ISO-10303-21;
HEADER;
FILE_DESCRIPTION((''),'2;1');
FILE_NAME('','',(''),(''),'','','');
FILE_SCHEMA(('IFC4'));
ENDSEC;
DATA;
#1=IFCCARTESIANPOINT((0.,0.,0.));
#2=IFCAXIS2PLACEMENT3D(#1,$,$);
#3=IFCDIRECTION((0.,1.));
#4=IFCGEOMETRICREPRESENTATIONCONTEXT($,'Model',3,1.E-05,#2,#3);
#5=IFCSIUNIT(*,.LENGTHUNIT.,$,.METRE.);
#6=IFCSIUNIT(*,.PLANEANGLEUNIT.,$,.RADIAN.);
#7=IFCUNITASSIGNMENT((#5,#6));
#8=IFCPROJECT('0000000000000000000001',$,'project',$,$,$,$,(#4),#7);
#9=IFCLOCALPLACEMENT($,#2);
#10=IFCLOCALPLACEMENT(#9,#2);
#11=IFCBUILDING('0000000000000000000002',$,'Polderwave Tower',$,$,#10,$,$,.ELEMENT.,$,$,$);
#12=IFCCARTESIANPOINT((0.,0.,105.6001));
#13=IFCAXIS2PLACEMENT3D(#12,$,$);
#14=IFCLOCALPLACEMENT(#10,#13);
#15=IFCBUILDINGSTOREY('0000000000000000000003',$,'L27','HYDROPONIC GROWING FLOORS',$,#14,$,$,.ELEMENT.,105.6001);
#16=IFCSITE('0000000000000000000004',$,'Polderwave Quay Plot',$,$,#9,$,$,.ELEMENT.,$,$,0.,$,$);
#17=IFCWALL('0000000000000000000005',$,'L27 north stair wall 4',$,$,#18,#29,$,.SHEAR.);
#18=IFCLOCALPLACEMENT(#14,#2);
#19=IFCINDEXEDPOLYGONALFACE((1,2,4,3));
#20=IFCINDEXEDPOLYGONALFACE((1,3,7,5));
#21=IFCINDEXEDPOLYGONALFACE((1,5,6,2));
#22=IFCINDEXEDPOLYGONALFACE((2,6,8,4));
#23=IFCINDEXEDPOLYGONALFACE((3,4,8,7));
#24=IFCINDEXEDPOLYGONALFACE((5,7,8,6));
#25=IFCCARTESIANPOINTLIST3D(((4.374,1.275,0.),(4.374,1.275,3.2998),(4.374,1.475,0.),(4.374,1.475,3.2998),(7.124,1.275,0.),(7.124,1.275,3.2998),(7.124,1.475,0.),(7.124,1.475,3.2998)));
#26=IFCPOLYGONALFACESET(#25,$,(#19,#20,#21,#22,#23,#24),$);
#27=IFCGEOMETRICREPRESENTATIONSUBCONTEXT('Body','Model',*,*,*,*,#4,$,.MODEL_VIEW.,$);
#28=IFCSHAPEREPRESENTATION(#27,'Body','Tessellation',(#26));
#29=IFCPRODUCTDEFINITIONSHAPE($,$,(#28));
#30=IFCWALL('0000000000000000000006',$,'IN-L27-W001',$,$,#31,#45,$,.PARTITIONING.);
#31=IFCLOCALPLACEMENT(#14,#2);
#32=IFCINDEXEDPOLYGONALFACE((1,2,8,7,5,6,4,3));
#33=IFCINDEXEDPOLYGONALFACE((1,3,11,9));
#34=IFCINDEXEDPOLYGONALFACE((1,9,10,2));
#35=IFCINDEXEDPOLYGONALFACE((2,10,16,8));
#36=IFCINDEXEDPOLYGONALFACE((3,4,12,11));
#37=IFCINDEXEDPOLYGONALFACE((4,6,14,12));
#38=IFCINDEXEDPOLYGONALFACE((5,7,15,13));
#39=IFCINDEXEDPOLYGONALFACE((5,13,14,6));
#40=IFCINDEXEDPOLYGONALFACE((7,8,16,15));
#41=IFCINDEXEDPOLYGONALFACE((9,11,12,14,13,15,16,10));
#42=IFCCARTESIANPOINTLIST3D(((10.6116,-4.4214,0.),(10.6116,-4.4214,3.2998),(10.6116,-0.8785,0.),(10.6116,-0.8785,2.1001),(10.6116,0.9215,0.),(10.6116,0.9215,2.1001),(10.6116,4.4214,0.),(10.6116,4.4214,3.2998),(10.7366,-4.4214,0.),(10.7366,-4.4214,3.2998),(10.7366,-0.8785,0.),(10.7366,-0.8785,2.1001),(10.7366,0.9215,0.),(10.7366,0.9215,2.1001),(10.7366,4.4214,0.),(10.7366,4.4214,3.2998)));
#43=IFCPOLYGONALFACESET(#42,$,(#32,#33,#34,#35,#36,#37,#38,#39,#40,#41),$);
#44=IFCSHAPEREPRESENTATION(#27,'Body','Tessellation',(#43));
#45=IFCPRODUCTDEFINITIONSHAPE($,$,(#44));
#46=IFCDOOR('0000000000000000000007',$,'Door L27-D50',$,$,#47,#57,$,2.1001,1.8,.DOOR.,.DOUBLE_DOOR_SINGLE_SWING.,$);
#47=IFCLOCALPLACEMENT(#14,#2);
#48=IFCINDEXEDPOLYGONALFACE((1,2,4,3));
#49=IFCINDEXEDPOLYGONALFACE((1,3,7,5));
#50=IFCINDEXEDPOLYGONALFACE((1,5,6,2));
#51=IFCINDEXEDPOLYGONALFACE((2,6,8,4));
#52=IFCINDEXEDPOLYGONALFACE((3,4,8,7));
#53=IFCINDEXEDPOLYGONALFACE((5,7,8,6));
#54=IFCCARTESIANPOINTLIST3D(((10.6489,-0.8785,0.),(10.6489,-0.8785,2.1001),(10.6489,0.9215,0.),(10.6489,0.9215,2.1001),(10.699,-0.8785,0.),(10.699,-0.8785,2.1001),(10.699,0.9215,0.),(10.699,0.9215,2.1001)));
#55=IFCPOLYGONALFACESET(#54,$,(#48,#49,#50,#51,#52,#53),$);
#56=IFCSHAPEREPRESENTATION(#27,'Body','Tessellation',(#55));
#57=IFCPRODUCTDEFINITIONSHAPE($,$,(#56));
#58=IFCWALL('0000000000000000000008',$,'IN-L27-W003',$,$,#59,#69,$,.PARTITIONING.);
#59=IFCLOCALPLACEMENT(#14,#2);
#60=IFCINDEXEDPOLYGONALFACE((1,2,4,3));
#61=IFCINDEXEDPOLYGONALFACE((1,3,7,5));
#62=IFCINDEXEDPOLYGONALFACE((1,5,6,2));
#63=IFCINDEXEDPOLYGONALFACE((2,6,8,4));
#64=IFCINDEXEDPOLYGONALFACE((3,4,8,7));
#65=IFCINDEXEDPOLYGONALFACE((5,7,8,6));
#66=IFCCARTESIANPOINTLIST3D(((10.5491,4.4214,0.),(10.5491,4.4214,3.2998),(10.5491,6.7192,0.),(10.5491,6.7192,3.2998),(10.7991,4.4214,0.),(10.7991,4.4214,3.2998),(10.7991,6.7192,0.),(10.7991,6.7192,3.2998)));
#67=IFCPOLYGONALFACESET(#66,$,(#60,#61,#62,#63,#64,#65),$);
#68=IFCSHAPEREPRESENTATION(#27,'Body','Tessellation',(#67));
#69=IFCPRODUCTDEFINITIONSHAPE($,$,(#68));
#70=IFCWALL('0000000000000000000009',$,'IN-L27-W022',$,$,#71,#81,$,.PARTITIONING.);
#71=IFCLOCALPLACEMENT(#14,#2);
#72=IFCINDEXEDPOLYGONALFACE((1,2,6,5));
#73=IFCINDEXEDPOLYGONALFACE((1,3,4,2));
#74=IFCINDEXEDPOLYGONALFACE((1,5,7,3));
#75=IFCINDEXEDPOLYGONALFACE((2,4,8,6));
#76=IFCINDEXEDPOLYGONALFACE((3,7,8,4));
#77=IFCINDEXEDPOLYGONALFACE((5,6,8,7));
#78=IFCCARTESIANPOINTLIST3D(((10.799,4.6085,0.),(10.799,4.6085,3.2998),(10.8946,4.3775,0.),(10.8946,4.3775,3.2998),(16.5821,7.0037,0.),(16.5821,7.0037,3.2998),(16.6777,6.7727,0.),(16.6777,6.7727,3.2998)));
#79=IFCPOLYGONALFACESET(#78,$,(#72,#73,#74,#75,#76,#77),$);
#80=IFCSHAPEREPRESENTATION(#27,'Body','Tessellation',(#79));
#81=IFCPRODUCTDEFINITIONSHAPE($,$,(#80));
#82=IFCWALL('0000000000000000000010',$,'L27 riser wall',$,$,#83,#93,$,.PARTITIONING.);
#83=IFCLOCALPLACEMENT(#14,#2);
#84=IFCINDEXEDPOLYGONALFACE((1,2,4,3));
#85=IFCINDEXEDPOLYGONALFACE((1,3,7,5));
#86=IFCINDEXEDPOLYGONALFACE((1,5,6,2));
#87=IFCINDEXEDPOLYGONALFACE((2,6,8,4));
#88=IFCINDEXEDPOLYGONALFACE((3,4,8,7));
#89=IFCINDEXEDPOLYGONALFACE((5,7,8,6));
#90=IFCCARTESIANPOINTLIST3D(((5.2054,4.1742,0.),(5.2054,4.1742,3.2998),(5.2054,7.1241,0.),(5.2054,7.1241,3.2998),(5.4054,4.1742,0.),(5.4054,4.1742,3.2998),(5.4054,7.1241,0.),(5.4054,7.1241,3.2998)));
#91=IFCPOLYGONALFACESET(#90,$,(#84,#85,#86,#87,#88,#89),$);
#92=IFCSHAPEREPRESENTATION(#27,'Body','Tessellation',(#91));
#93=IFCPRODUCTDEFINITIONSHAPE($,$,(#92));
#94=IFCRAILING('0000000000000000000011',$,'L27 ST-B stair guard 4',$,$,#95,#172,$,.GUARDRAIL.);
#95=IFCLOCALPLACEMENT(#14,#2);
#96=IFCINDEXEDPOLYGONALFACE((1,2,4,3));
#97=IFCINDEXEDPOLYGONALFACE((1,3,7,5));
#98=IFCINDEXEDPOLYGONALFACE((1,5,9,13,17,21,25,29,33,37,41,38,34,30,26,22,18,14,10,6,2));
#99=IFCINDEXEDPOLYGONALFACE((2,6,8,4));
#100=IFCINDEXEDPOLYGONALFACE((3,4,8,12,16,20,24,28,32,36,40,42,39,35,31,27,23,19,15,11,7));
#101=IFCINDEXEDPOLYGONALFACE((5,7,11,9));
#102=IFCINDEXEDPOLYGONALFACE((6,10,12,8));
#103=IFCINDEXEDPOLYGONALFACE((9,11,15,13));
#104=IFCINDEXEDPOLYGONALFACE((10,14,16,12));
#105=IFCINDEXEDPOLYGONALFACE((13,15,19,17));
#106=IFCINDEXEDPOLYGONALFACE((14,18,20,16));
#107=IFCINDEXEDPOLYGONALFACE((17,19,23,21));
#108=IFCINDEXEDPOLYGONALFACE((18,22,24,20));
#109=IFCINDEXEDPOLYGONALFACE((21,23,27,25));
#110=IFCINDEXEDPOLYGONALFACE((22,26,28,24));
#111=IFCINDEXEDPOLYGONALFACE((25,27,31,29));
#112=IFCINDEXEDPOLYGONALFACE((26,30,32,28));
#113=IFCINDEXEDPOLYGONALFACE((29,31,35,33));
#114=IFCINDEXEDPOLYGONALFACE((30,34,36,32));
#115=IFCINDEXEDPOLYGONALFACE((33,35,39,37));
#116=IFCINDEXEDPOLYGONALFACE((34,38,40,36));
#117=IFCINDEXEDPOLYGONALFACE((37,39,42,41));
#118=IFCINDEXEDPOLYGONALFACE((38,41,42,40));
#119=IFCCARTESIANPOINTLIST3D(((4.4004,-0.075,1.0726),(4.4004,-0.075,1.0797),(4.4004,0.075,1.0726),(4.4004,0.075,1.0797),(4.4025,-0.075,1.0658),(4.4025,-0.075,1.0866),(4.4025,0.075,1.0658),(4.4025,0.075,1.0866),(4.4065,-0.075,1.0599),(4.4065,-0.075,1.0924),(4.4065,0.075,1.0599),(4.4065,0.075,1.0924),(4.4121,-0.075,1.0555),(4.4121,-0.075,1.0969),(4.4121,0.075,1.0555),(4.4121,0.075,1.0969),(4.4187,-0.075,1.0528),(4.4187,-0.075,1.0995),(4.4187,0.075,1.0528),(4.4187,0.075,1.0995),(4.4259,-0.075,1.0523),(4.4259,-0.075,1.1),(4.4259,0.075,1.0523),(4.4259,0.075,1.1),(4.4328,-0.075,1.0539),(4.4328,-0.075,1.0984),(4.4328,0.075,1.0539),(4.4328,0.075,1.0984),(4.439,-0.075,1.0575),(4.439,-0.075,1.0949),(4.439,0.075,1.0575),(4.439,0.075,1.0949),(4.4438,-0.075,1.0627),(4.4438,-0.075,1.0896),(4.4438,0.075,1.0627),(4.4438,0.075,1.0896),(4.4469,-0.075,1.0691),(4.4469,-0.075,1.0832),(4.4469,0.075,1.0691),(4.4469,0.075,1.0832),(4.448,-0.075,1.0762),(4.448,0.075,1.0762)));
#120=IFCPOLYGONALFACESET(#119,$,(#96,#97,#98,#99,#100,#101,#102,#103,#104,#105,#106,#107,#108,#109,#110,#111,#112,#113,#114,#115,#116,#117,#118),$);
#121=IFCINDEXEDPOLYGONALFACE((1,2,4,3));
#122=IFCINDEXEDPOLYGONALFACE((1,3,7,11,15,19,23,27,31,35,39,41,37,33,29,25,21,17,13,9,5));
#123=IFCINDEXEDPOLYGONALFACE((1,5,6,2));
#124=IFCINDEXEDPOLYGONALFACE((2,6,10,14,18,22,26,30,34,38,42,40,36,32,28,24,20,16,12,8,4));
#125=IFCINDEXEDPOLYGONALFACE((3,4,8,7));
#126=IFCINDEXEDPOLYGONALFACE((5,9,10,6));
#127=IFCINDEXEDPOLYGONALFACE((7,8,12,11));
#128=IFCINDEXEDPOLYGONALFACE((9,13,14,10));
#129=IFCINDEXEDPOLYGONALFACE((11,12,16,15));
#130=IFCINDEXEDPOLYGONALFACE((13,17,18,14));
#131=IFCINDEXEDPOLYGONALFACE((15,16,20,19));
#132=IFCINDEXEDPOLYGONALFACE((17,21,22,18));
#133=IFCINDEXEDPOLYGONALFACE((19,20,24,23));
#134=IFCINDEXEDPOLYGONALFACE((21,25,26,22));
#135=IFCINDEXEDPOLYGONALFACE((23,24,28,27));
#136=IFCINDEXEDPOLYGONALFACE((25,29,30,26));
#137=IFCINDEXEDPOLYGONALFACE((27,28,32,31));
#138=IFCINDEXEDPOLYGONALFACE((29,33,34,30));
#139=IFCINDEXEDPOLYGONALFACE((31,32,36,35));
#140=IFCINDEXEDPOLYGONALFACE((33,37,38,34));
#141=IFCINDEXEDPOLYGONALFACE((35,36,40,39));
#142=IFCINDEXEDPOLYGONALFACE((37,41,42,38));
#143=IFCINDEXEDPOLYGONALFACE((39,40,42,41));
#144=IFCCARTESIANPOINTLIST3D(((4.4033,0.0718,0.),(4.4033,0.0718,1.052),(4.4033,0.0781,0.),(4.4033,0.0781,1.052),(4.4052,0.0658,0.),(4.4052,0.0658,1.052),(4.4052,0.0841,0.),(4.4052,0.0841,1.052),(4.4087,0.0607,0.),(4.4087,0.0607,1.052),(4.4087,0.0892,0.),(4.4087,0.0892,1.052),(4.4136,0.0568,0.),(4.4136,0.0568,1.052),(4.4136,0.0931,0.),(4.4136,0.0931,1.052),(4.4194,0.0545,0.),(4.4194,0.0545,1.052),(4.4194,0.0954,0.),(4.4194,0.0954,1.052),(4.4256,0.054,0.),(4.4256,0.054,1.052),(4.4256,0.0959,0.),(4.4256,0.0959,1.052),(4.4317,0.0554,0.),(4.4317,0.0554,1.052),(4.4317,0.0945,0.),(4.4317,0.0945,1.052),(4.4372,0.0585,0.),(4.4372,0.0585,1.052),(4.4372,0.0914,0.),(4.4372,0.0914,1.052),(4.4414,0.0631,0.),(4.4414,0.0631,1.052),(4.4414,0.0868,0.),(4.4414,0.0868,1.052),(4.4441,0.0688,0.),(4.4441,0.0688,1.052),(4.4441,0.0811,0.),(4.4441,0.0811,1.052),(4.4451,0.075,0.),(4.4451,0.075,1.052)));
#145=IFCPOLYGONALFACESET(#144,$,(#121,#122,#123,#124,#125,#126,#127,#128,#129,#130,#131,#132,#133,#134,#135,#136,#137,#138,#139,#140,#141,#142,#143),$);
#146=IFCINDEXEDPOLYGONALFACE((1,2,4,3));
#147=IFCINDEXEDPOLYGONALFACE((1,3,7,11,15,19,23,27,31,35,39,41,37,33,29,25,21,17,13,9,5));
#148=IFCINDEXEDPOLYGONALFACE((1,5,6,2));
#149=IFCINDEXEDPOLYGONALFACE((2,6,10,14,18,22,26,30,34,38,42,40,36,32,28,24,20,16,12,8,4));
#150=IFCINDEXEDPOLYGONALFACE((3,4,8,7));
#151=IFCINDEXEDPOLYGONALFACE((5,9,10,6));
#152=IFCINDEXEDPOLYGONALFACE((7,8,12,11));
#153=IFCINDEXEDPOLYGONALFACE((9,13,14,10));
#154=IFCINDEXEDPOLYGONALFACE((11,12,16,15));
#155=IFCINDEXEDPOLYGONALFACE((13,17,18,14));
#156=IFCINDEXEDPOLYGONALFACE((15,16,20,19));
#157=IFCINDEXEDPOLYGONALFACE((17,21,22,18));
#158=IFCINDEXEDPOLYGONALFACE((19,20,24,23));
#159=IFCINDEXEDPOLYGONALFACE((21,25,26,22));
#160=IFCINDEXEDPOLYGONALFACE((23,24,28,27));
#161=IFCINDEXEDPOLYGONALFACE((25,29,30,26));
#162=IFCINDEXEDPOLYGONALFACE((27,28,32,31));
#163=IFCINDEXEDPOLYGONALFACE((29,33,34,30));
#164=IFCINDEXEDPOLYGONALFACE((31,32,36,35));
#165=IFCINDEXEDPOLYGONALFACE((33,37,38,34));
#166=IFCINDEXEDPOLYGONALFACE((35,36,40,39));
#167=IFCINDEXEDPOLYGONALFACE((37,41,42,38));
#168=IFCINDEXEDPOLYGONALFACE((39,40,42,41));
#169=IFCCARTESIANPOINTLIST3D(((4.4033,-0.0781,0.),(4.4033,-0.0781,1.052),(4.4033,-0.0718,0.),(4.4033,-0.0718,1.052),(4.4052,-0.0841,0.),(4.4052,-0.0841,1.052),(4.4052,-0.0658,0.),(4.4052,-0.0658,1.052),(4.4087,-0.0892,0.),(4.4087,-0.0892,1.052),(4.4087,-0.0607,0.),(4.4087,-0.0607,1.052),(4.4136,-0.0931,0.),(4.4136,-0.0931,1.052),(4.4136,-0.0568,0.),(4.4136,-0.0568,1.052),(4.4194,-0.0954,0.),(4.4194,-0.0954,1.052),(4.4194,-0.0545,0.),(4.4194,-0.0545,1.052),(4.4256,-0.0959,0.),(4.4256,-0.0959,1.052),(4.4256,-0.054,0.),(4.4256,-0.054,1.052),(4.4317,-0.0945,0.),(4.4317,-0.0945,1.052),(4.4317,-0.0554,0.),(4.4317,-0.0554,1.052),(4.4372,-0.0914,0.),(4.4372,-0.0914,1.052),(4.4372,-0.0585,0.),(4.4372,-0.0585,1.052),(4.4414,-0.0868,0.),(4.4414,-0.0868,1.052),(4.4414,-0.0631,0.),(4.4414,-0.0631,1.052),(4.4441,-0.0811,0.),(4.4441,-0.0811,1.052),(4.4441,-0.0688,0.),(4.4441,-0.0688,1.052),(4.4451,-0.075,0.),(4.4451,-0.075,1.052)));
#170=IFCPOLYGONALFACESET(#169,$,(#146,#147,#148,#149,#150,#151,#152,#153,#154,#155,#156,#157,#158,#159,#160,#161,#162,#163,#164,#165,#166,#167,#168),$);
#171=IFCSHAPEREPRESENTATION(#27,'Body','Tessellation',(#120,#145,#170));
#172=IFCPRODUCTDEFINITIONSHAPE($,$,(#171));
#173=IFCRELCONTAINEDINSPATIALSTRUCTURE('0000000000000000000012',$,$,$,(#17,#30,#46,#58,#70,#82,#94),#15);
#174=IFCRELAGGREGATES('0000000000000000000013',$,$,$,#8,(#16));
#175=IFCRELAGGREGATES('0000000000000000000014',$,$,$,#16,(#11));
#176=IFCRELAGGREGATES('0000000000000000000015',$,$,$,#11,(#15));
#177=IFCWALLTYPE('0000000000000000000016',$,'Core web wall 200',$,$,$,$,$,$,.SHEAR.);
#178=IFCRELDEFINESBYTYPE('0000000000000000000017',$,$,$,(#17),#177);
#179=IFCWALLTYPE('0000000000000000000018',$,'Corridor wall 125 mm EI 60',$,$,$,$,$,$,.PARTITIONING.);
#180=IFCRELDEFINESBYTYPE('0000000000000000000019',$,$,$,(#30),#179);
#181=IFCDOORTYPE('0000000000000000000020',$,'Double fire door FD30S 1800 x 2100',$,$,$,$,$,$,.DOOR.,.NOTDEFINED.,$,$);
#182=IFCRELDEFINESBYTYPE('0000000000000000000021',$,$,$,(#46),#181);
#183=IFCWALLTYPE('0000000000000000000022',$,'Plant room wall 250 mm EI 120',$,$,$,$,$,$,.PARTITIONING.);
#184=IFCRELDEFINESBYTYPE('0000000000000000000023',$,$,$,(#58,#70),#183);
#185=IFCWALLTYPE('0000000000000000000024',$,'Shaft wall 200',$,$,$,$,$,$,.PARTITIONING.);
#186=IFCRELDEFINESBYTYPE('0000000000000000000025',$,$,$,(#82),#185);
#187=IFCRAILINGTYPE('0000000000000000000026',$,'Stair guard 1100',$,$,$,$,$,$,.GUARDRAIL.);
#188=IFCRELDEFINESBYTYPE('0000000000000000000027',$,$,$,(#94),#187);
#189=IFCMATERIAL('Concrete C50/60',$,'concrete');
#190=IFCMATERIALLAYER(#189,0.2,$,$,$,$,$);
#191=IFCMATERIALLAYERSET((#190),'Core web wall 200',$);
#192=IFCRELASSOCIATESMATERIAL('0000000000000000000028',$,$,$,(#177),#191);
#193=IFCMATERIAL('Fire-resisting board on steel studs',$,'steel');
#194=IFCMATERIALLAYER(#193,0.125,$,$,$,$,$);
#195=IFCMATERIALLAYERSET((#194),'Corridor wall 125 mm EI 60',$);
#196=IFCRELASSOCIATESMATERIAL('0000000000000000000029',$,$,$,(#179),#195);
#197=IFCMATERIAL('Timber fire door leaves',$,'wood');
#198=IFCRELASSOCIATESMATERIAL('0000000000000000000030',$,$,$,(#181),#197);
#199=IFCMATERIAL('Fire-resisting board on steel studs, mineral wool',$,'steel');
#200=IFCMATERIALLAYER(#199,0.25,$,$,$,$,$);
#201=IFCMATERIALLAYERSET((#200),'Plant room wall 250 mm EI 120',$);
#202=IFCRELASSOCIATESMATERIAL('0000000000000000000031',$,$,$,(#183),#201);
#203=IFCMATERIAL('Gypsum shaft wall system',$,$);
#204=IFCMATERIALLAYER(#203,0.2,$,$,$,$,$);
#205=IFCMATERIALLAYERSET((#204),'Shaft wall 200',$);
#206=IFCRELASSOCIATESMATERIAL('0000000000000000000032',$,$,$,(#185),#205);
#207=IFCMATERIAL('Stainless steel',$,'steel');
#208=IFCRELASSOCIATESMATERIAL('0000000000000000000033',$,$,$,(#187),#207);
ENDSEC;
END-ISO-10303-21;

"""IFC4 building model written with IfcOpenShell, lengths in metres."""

from ifc_helpers import new_model, si_unit, direction, frame, frame_2d, origin, origin_2d, place, context, subcontext, project, spatial, rectangle, circle, extrude, material, layer, layer_set, type_object, element, fill, save


model = new_model("IFC4")

# Units and contexts
model_context = context("Model", 3, precision=1e-05, world=origin(), true_north=direction((0.0, 1.0)))
body_context = subcontext(model_context, "Body", "Model", "MODEL_VIEW")
ifc_project = project(units=[si_unit("LENGTHUNIT", "METRE"), si_unit("PLANEANGLEUNIT", "RADIAN")], contexts=[model_context])

# Site, building, storey
site_placement = place(None, origin())
site = spatial("IfcSite", under=ifc_project, at=site_placement, Name="Polderwave Quay Plot", CompositionType="ELEMENT", RefElevation=0.0)
building_placement = place(site_placement, origin())
building = spatial("IfcBuilding", under=site, at=building_placement, Name="Polderwave Tower", CompositionType="ELEMENT")
storey_placement = place(building_placement, frame((0.0, 0.0, 105.6001)))
storey = spatial("IfcBuildingStorey", under=building, at=storey_placement, Name="L27", Description="HYDROPONIC GROWING FLOORS", CompositionType="ELEMENT", Elevation=105.6001)

# Wall
ifc_material_1 = material(Name="Concrete C50/60", Category="concrete")
ifc_layer_1 = layer(ifc_material_1, 0.2)
ifc_layer_set_1 = layer_set([ifc_layer_1], Name="Core web wall 200")
wall_type_1 = type_object("IfcWallType", Name="Core web wall 200", PredefinedType="SHEAR", material=ifc_layer_set_1)
wall_1_placement = place(storey_placement, frame((4.374, 1.375, 0.0), z_axis=(0.0, 0.0, 1.0), x_axis=(1.0, 0.0, 0.0)))
element("IfcWall", 1, at=wall_1_placement, inside=storey, type_object=wall_type_1, Name="L27 north stair wall 4", PredefinedType="SHEAR", context=body_context, shape_type="SweptSolid", body=[
    extrude(rectangle(XDim=2.75, YDim=0.2, at=frame_2d((1.375, 0.0))), origin(), (0.0, 0.0, 1.0), 3.2998),
])

# Wall, opening, door
ifc_material_2 = material(Name="Fire-resisting board on steel studs", Category="steel")
ifc_layer_2 = layer(ifc_material_2, 0.125)
ifc_layer_set_2 = layer_set([ifc_layer_2], Name="Corridor wall 125 mm EI 60")
wall_type_2 = type_object("IfcWallType", Name="Corridor wall 125 mm EI 60", PredefinedType="PARTITIONING", material=ifc_layer_set_2)
wall_2_placement = place(storey_placement, frame((10.6741, 4.4214, 0.0), z_axis=(0.0, 0.0, 1.0), x_axis=(0.0, -1.0, 0.0)))
wall_2 = element("IfcWall", 2, at=wall_2_placement, inside=storey, type_object=wall_type_2, Name="IN-L27-W001", PredefinedType="PARTITIONING", context=body_context, shape_type="SweptSolid", body=[
    extrude(rectangle(XDim=8.8428, YDim=0.125, at=frame_2d((4.4214, 0.0))), origin(), (0.0, 0.0, 1.0), 3.2998),
])
opening_placement = place(wall_2_placement, frame((3.5, 0.0, 0.0)))
opening = element("IfcOpeningElement", 3, at=opening_placement, cuts=wall_2, PredefinedType="OPENING", context=body_context, shape_type="SweptSolid", body=[
    extrude(rectangle(XDim=1.8, YDim=2.1001, at=frame_2d((0.8999, 1.05))), frame((0.0, 0.0725, 0.0), z_axis=(0.0, -1.0, 0.0), x_axis=(1.0, 0.0, 0.0)), (0.0, 0.0, 1.0), 0.145),
])
ifc_material_3 = material(Name="Timber fire door leaves", Category="wood")
door_type = type_object("IfcDoorType", Name="Double fire door FD30S 1800 x 2100", OperationType="NOTDEFINED", PredefinedType="DOOR", material=ifc_material_3)
door_placement = place(opening_placement, origin())
door = element("IfcDoor", 4, at=door_placement, inside=storey, type_object=door_type, Name="Door L27-D50", OperationType="DOUBLE_DOOR_SINGLE_SWING", OverallHeight=2.1001, OverallWidth=1.8, PredefinedType="DOOR", context=body_context, shape_type="SweptSolid", body=[
    extrude(rectangle(XDim=1.8, YDim=2.1001, at=frame_2d((0.8999, 1.05))), frame((0.0, 0.0249, 0.0), z_axis=(0.0, -1.0, 0.0), x_axis=(1.0, 0.0, 0.0)), (0.0, 0.0, 1.0), 0.05),
])
fill(opening, door)

# Walls
ifc_material_4 = material(Name="Fire-resisting board on steel studs, mineral wool", Category="steel")
ifc_layer_3 = layer(ifc_material_4, 0.25)
ifc_layer_set_3 = layer_set([ifc_layer_3], Name="Plant room wall 250 mm EI 120")
wall_type_3 = type_object("IfcWallType", Name="Plant room wall 250 mm EI 120", PredefinedType="PARTITIONING", material=ifc_layer_set_3)
wall_3_placement = place(storey_placement, frame((10.6741, 6.7192, 0.0), z_axis=(0.0, 0.0, 1.0), x_axis=(0.0, -1.0, 0.0)))
element("IfcWall", 5, at=wall_3_placement, inside=storey, type_object=wall_type_3, Name="IN-L27-W003", PredefinedType="PARTITIONING", context=body_context, shape_type="SweptSolid", body=[
    extrude(rectangle(XDim=2.2979, YDim=0.25, at=frame_2d((1.1489, 0.0))), origin(), (0.0, 0.0, 1.0), 3.2998),
])
wall_4_placement = place(storey_placement, frame((10.8467, 4.4929, 0.0), z_axis=(0.0, 0.0, 1.0), x_axis=(0.923892, 0.382654, 0.0)))
element("IfcWall", 6, at=wall_4_placement, inside=storey, type_object=wall_type_3, Name="IN-L27-W022", PredefinedType="PARTITIONING", context=body_context, shape_type="SweptSolid", body=[
    extrude(rectangle(XDim=6.2595, YDim=0.25, at=frame_2d((3.1299, 0.0))), origin(), (0.0, 0.0, 1.0), 3.2998),
])
ifc_material_5 = material(Name="Gypsum shaft wall system")
ifc_layer_4 = layer(ifc_material_5, 0.2)
ifc_layer_set_4 = layer_set([ifc_layer_4], Name="Shaft wall 200")
wall_type_4 = type_object("IfcWallType", Name="Shaft wall 200", PredefinedType="PARTITIONING", material=ifc_layer_set_4)
wall_5_placement = place(storey_placement, frame((5.3054, 4.1741, 0.0), z_axis=(0.0, 0.0, 1.0), x_axis=(0.0, 1.0, 0.0)))
element("IfcWall", 7, at=wall_5_placement, inside=storey, type_object=wall_type_4, Name="L27 riser wall", PredefinedType="PARTITIONING", context=body_context, shape_type="SweptSolid", body=[
    extrude(rectangle(XDim=2.95, YDim=0.2, at=frame_2d((1.4751, 0.0))), origin(), (0.0, 0.0, 1.0), 3.2998),
])

# Railing
ifc_material_6 = material(Name="Stainless steel", Category="steel")
railing_type = type_object("IfcRailingType", Name="Stair guard 1100", PredefinedType="GUARDRAIL", material=ifc_material_6)
railing_placement = place(storey_placement, frame((4.4241, 0.075, 0.0)))
element("IfcRailing", 8, at=railing_placement, inside=storey, type_object=railing_type, Name="L27 ST-B stair guard 4", PredefinedType="GUARDRAIL", context=body_context, shape_type="SweptSolid", body=[
    extrude(circle(Radius=0.0239, at=origin_2d()), frame((0.0, 0.0, 1.0762), z_axis=(0.0, -1.0, 0.0), x_axis=(1.0, 0.0, 0.0)), (0.0, 0.0, 1.0), 0.1499),
    extrude(circle(Radius=0.021, at=origin_2d()), origin(), (0.0, 0.0, 1.0), 1.052),
    extrude(circle(Radius=0.021, at=origin_2d()), frame((0.0, -0.1499, 0.0)), (0.0, 0.0, 1.0), 1.052),
])

save(model, "model.ifc")
